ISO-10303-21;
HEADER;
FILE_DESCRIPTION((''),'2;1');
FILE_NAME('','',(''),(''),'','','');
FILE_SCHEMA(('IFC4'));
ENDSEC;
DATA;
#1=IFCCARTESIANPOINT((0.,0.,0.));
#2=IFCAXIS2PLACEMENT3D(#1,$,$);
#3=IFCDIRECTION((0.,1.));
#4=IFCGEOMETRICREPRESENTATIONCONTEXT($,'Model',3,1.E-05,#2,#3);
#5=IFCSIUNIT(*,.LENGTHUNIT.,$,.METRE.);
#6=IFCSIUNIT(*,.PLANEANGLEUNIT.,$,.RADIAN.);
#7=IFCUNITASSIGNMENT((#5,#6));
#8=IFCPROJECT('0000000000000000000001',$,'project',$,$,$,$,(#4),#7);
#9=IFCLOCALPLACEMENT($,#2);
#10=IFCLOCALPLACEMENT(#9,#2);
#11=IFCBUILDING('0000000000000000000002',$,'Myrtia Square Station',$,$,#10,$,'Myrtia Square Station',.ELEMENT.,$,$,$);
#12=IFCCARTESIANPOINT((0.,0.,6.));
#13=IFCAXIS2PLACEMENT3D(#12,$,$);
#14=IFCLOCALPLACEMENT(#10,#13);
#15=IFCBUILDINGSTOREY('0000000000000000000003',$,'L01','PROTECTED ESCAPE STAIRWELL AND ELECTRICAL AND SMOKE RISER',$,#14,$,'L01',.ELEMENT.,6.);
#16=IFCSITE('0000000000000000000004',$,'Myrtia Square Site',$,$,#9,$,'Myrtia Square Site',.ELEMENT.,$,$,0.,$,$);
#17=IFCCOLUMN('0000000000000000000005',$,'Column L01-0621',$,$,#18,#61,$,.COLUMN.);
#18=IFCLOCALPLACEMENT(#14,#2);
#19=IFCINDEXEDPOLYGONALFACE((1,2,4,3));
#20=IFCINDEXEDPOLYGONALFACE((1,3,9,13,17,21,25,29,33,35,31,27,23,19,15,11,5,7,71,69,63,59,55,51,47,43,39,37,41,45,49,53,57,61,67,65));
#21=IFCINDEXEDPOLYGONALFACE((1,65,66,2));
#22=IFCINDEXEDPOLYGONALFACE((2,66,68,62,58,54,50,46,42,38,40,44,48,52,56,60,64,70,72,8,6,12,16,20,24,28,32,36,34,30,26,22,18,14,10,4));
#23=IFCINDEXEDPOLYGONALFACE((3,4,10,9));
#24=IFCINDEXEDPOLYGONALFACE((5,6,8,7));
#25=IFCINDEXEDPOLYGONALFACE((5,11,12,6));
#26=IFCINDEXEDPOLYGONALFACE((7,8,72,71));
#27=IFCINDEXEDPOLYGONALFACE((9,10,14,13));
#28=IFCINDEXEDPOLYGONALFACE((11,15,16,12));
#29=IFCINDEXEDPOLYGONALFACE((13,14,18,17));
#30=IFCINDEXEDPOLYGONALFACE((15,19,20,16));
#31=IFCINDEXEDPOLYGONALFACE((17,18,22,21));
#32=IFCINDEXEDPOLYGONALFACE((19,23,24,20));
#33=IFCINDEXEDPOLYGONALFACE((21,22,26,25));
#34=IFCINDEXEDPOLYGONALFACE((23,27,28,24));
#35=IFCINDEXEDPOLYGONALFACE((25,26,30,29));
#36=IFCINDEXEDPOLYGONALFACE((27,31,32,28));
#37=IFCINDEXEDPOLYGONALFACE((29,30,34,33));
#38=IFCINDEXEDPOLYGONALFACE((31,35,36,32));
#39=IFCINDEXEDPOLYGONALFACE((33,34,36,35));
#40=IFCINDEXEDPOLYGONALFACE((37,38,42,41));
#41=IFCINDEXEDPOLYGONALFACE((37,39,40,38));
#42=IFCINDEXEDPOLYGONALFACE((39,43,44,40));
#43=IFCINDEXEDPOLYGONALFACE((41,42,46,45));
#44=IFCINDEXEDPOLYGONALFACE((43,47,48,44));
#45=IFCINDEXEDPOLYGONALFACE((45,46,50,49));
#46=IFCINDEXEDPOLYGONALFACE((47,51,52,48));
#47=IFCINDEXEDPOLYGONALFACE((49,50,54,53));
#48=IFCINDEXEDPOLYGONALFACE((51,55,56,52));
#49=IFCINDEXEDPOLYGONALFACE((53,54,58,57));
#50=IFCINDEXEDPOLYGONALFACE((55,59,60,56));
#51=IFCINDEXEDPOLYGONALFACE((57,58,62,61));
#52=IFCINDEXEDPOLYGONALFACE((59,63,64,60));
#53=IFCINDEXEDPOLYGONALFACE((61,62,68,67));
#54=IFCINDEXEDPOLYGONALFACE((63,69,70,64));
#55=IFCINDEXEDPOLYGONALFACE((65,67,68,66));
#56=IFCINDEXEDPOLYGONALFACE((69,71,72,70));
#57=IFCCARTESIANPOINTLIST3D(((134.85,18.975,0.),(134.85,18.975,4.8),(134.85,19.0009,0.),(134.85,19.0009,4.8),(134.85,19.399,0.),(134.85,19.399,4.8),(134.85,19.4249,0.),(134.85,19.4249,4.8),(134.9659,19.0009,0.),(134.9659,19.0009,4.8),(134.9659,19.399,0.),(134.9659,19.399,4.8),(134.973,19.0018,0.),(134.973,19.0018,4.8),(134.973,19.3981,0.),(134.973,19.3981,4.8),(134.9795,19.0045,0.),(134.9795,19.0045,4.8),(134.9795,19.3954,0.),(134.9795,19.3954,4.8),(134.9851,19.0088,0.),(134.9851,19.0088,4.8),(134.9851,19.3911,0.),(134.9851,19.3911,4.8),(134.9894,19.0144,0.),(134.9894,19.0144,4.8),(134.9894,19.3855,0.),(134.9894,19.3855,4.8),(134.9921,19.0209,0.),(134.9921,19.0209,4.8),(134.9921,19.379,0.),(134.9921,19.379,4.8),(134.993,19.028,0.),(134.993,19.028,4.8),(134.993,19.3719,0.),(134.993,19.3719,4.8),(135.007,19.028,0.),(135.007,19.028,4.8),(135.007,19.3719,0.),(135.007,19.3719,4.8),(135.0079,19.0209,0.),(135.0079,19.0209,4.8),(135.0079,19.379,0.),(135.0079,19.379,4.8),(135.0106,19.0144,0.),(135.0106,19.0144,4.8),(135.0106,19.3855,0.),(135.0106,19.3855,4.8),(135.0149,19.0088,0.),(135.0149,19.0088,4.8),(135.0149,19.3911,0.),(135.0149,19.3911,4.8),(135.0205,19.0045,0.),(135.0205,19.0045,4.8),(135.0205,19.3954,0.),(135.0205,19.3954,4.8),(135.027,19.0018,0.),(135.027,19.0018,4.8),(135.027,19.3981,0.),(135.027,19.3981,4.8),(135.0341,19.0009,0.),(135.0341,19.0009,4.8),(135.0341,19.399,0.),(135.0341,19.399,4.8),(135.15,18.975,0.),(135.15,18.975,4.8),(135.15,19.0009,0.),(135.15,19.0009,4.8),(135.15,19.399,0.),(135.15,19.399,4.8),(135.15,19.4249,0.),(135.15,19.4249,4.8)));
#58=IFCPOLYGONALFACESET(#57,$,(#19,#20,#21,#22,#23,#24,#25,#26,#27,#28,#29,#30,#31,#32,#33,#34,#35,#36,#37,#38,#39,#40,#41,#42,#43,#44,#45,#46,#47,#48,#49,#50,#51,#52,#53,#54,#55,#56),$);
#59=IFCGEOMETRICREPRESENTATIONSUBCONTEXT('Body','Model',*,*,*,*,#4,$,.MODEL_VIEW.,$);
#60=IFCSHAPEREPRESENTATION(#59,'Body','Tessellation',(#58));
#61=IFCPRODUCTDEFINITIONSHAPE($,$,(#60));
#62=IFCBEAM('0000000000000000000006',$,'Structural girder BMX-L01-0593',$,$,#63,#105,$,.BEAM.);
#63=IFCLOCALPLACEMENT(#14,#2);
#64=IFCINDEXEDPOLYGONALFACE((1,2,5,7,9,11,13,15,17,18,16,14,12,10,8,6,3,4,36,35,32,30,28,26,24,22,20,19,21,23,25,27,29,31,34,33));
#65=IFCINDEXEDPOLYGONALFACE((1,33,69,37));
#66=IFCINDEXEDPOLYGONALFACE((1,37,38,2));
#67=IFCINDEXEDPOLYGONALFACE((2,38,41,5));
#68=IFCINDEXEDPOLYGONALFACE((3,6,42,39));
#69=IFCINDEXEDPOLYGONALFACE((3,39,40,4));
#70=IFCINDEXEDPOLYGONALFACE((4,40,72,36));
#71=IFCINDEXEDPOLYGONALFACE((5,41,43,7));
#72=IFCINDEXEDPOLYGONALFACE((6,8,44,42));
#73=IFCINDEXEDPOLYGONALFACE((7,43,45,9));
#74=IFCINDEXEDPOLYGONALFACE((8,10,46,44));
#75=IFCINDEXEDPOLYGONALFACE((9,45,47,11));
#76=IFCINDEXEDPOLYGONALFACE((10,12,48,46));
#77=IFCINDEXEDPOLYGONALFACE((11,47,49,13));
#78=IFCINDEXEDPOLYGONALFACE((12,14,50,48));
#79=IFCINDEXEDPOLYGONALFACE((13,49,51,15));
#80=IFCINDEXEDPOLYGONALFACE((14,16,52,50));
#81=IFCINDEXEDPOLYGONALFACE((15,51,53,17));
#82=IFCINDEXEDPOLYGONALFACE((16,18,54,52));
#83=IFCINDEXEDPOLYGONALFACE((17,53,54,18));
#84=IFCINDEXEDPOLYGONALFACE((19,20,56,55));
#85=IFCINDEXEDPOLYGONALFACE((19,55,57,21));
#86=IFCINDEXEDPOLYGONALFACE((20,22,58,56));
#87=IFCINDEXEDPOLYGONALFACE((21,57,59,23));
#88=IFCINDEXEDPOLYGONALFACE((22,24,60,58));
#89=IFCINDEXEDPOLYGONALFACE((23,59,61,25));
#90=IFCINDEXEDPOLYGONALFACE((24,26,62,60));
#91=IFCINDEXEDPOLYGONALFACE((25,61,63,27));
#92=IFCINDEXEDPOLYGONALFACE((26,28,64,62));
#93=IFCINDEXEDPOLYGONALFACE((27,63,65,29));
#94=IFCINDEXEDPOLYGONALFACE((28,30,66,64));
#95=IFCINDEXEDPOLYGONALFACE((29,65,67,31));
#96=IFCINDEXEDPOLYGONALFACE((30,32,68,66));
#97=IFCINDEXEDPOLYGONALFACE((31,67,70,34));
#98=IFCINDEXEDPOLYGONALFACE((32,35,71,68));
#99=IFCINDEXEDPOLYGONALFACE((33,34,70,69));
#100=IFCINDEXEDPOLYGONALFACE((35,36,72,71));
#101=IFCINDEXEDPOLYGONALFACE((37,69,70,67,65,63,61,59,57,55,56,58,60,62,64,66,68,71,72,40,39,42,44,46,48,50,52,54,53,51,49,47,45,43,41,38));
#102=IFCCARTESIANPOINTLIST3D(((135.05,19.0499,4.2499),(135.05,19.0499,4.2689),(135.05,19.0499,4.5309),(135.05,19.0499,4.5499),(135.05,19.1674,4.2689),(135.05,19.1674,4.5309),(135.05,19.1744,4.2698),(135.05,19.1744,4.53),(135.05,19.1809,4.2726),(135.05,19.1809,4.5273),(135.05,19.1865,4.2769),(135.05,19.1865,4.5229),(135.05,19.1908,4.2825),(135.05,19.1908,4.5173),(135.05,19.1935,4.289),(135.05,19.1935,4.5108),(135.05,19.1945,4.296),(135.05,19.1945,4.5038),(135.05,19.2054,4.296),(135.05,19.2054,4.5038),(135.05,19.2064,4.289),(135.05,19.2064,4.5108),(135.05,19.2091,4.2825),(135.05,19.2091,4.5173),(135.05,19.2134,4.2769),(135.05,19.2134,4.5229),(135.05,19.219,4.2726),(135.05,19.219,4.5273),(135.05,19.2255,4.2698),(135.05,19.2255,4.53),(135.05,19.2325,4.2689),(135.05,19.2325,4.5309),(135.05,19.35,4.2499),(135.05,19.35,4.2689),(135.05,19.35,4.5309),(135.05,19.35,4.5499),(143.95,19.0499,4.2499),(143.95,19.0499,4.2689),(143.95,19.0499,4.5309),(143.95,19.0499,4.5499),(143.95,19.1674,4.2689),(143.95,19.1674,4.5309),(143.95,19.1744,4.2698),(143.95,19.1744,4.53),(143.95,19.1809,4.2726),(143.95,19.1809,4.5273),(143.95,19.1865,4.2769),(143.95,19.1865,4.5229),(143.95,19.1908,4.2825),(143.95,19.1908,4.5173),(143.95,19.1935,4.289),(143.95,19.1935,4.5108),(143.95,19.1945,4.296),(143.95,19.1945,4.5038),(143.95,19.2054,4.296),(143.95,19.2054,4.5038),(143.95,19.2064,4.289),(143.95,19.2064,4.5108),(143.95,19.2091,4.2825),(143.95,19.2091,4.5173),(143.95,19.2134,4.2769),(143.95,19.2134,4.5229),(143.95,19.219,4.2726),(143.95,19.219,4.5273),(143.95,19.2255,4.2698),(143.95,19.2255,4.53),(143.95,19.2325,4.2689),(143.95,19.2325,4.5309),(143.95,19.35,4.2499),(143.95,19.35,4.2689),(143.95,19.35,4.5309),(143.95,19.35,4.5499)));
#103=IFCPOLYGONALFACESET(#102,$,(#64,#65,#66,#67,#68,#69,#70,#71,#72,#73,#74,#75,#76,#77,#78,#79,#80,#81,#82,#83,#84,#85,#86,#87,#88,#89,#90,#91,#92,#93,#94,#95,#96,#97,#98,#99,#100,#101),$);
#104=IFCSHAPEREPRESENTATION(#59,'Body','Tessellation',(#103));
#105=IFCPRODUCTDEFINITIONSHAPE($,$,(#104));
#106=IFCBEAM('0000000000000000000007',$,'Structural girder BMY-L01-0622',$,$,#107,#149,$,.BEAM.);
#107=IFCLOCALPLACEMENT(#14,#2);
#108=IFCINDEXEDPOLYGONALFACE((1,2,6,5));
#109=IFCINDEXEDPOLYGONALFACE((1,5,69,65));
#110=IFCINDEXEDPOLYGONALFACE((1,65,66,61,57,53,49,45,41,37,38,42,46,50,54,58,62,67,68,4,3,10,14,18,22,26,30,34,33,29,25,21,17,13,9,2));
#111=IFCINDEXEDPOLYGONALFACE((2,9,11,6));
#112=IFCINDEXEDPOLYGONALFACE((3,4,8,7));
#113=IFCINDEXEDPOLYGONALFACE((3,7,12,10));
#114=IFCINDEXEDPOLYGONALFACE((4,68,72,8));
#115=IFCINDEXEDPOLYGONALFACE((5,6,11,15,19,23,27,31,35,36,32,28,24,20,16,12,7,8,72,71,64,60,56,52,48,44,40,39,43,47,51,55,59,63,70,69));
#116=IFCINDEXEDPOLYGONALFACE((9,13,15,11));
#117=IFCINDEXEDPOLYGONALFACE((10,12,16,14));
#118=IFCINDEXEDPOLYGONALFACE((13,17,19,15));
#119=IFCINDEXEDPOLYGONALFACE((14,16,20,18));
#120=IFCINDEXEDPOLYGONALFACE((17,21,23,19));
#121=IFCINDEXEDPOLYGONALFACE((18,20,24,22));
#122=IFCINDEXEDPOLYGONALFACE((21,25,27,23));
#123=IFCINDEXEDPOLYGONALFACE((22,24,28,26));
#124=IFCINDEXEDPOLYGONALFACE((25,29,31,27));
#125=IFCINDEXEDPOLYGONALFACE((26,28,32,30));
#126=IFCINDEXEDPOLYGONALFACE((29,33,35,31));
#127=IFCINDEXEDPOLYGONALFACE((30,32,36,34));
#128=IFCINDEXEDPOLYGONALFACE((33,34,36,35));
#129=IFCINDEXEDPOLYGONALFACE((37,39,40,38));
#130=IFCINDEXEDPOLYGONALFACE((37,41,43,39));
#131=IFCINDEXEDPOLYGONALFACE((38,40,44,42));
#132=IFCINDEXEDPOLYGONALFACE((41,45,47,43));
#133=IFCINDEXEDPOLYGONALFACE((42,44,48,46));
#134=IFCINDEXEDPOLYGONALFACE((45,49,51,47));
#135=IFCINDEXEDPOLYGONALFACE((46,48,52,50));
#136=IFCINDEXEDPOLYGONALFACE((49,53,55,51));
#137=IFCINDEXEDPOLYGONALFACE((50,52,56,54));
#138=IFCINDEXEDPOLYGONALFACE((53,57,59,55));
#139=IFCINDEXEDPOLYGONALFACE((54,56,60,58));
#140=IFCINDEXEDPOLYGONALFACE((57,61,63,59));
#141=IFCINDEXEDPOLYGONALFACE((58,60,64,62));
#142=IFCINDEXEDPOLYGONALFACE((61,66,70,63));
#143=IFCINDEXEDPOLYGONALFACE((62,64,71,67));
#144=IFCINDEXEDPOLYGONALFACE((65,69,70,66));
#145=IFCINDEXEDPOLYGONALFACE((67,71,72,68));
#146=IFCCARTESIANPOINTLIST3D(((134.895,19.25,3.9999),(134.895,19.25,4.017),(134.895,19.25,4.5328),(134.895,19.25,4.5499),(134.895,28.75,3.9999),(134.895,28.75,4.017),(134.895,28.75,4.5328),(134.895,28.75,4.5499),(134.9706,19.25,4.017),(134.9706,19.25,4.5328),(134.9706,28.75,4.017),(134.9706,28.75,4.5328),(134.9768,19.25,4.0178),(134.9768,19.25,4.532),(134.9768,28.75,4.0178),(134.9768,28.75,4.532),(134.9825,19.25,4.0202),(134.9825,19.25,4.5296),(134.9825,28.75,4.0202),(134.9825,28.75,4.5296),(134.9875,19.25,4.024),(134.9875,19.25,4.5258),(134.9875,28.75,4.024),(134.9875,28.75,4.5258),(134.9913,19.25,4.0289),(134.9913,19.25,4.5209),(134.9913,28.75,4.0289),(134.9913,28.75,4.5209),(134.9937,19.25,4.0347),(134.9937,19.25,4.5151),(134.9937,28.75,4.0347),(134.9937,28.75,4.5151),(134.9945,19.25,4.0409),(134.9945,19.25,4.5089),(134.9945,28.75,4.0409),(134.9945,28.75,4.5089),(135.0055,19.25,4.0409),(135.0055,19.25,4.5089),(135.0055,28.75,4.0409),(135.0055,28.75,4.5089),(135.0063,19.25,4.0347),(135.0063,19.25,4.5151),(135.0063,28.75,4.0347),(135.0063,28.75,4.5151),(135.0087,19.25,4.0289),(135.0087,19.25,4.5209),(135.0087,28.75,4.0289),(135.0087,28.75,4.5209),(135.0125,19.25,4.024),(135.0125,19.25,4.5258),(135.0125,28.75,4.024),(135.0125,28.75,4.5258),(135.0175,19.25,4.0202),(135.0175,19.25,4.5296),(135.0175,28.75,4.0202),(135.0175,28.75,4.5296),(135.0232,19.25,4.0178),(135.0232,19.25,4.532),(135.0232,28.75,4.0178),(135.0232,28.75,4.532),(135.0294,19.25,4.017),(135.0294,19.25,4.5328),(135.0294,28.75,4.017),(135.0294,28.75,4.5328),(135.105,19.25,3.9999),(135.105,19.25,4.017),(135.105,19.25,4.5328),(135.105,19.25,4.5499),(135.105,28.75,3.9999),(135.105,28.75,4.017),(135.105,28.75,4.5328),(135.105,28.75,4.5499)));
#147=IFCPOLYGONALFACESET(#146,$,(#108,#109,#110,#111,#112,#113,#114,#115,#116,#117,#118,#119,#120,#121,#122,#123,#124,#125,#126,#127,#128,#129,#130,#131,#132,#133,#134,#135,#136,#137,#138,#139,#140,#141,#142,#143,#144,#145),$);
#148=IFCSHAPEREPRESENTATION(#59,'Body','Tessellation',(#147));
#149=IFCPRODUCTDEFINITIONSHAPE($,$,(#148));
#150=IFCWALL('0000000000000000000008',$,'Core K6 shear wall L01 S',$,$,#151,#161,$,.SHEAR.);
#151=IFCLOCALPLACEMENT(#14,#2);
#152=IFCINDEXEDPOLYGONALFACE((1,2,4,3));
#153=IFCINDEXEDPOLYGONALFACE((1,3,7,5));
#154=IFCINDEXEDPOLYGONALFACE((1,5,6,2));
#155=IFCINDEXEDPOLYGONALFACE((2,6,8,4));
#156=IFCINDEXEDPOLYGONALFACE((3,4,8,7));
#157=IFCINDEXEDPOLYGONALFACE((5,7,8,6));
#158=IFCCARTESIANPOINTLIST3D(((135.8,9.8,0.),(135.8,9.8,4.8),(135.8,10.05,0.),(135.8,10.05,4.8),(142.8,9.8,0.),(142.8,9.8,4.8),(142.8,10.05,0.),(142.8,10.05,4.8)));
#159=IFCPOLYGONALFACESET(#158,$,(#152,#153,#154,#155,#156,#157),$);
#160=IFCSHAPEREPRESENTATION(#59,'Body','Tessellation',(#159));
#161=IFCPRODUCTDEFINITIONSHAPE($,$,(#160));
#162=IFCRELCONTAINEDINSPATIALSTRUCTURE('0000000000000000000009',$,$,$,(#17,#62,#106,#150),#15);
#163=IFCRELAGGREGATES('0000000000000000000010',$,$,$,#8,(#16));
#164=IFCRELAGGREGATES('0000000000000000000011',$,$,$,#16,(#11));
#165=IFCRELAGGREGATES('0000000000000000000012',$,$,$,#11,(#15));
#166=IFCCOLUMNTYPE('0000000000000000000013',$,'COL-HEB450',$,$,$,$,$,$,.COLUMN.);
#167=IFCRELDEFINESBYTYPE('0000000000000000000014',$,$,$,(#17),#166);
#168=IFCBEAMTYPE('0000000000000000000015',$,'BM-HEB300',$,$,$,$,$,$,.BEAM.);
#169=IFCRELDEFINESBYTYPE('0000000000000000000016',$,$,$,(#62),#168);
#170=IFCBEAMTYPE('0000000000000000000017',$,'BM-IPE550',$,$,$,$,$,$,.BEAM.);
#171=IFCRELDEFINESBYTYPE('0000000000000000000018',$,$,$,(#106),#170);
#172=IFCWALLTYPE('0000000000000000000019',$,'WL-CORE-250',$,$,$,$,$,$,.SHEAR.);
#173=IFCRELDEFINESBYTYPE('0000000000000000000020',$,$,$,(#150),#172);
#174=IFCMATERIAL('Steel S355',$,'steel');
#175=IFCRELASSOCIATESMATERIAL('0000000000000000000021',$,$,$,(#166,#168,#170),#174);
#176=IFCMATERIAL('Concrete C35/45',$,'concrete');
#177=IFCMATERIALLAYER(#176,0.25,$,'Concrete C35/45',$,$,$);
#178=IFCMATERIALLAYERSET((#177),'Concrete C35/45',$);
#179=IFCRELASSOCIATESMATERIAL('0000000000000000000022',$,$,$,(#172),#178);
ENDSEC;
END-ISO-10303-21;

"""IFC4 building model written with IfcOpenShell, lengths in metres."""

from ifc_helpers import new_model, si_unit, direction, frame, frame_2d, origin, origin_2d, place, context, subcontext, project, spatial, rectangle, i_section, extrude, material, layer, layer_set, material_profile, profile_set, type_object, element, save


model = new_model("IFC4")

# Units and contexts
model_context = context("Model", 3, precision=1e-05, world=origin(), true_north=direction((0.0, 1.0)))
body_context = subcontext(model_context, "Body", "Model", "MODEL_VIEW")
ifc_project = project(units=[si_unit("LENGTHUNIT", "METRE"), si_unit("PLANEANGLEUNIT", "RADIAN")], contexts=[model_context])

# Site, building, storey
site_placement = place(None, origin())
site = spatial("IfcSite", under=ifc_project, at=site_placement, Name="Myrtia Square Site", LongName="Myrtia Square Site", CompositionType="ELEMENT", RefElevation=0.0)
building_placement = place(site_placement, origin())
building = spatial("IfcBuilding", under=site, at=building_placement, Name="Myrtia Square Station", LongName="Myrtia Square Station", CompositionType="ELEMENT")
storey_placement = place(building_placement, frame((0.0, 0.0, 6.0)))
storey = spatial("IfcBuildingStorey", under=building, at=storey_placement, Name="L01", Description="PROTECTED ESCAPE STAIRWELL AND ELECTRICAL AND SMOKE RISER", LongName="L01", CompositionType="ELEMENT", Elevation=6.0)

# Column
ifc_material_1 = material(Name="Steel S355", Category="steel")
ifc_material_profile_1 = material_profile(ifc_material_1, i_section(OverallWidth=0.3, OverallDepth=0.45, WebThickness=0.0139, FlangeThickness=0.0259, FilletRadius=0.0271, at=origin_2d()), Name="HEB 450")
ifc_profile_set_1 = profile_set([ifc_material_profile_1], Name="Steel S355")
column_type = type_object("IfcColumnType", Name="COL-HEB450", PredefinedType="COLUMN", material=ifc_profile_set_1)
column_placement = place(storey_placement, frame((135.0, 19.2, 0.0), z_axis=(0.0, 0.0, 1.0), x_axis=(1.0, 0.0, 0.0)))
element("IfcColumn", 1, at=column_placement, inside=storey, type_object=column_type, Name="Column L01-0621", PredefinedType="COLUMN", context=body_context, shape_type="SweptSolid", body=[
    extrude(i_section(OverallWidth=0.3, OverallDepth=0.45, WebThickness=0.0139, FlangeThickness=0.0259, FilletRadius=0.0271, at=origin_2d()), origin(), (0.0, 0.0, 1.0), 4.8),
])

# Beams
ifc_material_profile_2 = material_profile(ifc_material_1, i_section(OverallWidth=0.3, OverallDepth=0.3, WebThickness=0.011, FlangeThickness=0.019, FilletRadius=0.0271, at=origin_2d()), Name="HEB 300")
ifc_profile_set_2 = profile_set([ifc_material_profile_2], Name="Steel S355")
beam_type_1 = type_object("IfcBeamType", Name="BM-HEB300", PredefinedType="BEAM", material=ifc_profile_set_2)
beam_1_placement = place(storey_placement, frame((135.05, 19.2, 4.3999), z_axis=(1.0, 0.0, 0.0), x_axis=(0.0, 1.0, 0.0)))
element("IfcBeam", 2, at=beam_1_placement, inside=storey, type_object=beam_type_1, Name="Structural girder BMX-L01-0593", PredefinedType="BEAM", context=body_context, shape_type="SweptSolid", body=[
    extrude(i_section(OverallWidth=0.3, OverallDepth=0.3, WebThickness=0.011, FlangeThickness=0.019, FilletRadius=0.0271, at=origin_2d()), origin(), (0.0, 0.0, 1.0), 8.8999),
])
ifc_material_profile_3 = material_profile(ifc_material_1, i_section(OverallWidth=0.21, OverallDepth=0.55, WebThickness=0.011, FlangeThickness=0.0171, FilletRadius=0.0239, at=origin_2d()), Name="IPE 550")
ifc_profile_set_3 = profile_set([ifc_material_profile_3], Name="Steel S355")
beam_type_2 = type_object("IfcBeamType", Name="BM-IPE550", PredefinedType="BEAM", material=ifc_profile_set_3)
beam_2_placement = place(storey_placement, frame((135.0, 19.25, 4.2749), z_axis=(0.0, 1.0, 0.0), x_axis=(-1.0, 0.0, 0.0)))
element("IfcBeam", 3, at=beam_2_placement, inside=storey, type_object=beam_type_2, Name="Structural girder BMY-L01-0622", PredefinedType="BEAM", context=body_context, shape_type="SweptSolid", body=[
    extrude(i_section(OverallWidth=0.21, OverallDepth=0.55, WebThickness=0.011, FlangeThickness=0.0171, FilletRadius=0.0239, at=origin_2d()), origin(), (0.0, 0.0, 1.0), 9.5),
])

# Wall
ifc_material_2 = material(Name="Concrete C35/45", Category="concrete")
ifc_layer_1 = layer(ifc_material_2, 0.25, Name="Concrete C35/45")
ifc_layer_set_1 = layer_set([ifc_layer_1], Name="Concrete C35/45")
wall_type_1 = type_object("IfcWallType", Name="WL-CORE-250", PredefinedType="SHEAR", material=ifc_layer_set_1)
wall_1_placement = place(storey_placement, frame((135.8, 9.925, 0.0), z_axis=(0.0, 0.0, 1.0), x_axis=(1.0, 0.0, 0.0)))
element("IfcWall", 4, at=wall_1_placement, inside=storey, type_object=wall_type_1, Name="Core K6 shear wall L01 S", PredefinedType="SHEAR", context=body_context, shape_type="SweptSolid", body=[
    extrude(rectangle(XDim=7.0, YDim=0.25, at=frame_2d((3.5, 0.0))), origin(), (0.0, 0.0, 1.0), 4.8),
])

save(model, "model.ifc")
